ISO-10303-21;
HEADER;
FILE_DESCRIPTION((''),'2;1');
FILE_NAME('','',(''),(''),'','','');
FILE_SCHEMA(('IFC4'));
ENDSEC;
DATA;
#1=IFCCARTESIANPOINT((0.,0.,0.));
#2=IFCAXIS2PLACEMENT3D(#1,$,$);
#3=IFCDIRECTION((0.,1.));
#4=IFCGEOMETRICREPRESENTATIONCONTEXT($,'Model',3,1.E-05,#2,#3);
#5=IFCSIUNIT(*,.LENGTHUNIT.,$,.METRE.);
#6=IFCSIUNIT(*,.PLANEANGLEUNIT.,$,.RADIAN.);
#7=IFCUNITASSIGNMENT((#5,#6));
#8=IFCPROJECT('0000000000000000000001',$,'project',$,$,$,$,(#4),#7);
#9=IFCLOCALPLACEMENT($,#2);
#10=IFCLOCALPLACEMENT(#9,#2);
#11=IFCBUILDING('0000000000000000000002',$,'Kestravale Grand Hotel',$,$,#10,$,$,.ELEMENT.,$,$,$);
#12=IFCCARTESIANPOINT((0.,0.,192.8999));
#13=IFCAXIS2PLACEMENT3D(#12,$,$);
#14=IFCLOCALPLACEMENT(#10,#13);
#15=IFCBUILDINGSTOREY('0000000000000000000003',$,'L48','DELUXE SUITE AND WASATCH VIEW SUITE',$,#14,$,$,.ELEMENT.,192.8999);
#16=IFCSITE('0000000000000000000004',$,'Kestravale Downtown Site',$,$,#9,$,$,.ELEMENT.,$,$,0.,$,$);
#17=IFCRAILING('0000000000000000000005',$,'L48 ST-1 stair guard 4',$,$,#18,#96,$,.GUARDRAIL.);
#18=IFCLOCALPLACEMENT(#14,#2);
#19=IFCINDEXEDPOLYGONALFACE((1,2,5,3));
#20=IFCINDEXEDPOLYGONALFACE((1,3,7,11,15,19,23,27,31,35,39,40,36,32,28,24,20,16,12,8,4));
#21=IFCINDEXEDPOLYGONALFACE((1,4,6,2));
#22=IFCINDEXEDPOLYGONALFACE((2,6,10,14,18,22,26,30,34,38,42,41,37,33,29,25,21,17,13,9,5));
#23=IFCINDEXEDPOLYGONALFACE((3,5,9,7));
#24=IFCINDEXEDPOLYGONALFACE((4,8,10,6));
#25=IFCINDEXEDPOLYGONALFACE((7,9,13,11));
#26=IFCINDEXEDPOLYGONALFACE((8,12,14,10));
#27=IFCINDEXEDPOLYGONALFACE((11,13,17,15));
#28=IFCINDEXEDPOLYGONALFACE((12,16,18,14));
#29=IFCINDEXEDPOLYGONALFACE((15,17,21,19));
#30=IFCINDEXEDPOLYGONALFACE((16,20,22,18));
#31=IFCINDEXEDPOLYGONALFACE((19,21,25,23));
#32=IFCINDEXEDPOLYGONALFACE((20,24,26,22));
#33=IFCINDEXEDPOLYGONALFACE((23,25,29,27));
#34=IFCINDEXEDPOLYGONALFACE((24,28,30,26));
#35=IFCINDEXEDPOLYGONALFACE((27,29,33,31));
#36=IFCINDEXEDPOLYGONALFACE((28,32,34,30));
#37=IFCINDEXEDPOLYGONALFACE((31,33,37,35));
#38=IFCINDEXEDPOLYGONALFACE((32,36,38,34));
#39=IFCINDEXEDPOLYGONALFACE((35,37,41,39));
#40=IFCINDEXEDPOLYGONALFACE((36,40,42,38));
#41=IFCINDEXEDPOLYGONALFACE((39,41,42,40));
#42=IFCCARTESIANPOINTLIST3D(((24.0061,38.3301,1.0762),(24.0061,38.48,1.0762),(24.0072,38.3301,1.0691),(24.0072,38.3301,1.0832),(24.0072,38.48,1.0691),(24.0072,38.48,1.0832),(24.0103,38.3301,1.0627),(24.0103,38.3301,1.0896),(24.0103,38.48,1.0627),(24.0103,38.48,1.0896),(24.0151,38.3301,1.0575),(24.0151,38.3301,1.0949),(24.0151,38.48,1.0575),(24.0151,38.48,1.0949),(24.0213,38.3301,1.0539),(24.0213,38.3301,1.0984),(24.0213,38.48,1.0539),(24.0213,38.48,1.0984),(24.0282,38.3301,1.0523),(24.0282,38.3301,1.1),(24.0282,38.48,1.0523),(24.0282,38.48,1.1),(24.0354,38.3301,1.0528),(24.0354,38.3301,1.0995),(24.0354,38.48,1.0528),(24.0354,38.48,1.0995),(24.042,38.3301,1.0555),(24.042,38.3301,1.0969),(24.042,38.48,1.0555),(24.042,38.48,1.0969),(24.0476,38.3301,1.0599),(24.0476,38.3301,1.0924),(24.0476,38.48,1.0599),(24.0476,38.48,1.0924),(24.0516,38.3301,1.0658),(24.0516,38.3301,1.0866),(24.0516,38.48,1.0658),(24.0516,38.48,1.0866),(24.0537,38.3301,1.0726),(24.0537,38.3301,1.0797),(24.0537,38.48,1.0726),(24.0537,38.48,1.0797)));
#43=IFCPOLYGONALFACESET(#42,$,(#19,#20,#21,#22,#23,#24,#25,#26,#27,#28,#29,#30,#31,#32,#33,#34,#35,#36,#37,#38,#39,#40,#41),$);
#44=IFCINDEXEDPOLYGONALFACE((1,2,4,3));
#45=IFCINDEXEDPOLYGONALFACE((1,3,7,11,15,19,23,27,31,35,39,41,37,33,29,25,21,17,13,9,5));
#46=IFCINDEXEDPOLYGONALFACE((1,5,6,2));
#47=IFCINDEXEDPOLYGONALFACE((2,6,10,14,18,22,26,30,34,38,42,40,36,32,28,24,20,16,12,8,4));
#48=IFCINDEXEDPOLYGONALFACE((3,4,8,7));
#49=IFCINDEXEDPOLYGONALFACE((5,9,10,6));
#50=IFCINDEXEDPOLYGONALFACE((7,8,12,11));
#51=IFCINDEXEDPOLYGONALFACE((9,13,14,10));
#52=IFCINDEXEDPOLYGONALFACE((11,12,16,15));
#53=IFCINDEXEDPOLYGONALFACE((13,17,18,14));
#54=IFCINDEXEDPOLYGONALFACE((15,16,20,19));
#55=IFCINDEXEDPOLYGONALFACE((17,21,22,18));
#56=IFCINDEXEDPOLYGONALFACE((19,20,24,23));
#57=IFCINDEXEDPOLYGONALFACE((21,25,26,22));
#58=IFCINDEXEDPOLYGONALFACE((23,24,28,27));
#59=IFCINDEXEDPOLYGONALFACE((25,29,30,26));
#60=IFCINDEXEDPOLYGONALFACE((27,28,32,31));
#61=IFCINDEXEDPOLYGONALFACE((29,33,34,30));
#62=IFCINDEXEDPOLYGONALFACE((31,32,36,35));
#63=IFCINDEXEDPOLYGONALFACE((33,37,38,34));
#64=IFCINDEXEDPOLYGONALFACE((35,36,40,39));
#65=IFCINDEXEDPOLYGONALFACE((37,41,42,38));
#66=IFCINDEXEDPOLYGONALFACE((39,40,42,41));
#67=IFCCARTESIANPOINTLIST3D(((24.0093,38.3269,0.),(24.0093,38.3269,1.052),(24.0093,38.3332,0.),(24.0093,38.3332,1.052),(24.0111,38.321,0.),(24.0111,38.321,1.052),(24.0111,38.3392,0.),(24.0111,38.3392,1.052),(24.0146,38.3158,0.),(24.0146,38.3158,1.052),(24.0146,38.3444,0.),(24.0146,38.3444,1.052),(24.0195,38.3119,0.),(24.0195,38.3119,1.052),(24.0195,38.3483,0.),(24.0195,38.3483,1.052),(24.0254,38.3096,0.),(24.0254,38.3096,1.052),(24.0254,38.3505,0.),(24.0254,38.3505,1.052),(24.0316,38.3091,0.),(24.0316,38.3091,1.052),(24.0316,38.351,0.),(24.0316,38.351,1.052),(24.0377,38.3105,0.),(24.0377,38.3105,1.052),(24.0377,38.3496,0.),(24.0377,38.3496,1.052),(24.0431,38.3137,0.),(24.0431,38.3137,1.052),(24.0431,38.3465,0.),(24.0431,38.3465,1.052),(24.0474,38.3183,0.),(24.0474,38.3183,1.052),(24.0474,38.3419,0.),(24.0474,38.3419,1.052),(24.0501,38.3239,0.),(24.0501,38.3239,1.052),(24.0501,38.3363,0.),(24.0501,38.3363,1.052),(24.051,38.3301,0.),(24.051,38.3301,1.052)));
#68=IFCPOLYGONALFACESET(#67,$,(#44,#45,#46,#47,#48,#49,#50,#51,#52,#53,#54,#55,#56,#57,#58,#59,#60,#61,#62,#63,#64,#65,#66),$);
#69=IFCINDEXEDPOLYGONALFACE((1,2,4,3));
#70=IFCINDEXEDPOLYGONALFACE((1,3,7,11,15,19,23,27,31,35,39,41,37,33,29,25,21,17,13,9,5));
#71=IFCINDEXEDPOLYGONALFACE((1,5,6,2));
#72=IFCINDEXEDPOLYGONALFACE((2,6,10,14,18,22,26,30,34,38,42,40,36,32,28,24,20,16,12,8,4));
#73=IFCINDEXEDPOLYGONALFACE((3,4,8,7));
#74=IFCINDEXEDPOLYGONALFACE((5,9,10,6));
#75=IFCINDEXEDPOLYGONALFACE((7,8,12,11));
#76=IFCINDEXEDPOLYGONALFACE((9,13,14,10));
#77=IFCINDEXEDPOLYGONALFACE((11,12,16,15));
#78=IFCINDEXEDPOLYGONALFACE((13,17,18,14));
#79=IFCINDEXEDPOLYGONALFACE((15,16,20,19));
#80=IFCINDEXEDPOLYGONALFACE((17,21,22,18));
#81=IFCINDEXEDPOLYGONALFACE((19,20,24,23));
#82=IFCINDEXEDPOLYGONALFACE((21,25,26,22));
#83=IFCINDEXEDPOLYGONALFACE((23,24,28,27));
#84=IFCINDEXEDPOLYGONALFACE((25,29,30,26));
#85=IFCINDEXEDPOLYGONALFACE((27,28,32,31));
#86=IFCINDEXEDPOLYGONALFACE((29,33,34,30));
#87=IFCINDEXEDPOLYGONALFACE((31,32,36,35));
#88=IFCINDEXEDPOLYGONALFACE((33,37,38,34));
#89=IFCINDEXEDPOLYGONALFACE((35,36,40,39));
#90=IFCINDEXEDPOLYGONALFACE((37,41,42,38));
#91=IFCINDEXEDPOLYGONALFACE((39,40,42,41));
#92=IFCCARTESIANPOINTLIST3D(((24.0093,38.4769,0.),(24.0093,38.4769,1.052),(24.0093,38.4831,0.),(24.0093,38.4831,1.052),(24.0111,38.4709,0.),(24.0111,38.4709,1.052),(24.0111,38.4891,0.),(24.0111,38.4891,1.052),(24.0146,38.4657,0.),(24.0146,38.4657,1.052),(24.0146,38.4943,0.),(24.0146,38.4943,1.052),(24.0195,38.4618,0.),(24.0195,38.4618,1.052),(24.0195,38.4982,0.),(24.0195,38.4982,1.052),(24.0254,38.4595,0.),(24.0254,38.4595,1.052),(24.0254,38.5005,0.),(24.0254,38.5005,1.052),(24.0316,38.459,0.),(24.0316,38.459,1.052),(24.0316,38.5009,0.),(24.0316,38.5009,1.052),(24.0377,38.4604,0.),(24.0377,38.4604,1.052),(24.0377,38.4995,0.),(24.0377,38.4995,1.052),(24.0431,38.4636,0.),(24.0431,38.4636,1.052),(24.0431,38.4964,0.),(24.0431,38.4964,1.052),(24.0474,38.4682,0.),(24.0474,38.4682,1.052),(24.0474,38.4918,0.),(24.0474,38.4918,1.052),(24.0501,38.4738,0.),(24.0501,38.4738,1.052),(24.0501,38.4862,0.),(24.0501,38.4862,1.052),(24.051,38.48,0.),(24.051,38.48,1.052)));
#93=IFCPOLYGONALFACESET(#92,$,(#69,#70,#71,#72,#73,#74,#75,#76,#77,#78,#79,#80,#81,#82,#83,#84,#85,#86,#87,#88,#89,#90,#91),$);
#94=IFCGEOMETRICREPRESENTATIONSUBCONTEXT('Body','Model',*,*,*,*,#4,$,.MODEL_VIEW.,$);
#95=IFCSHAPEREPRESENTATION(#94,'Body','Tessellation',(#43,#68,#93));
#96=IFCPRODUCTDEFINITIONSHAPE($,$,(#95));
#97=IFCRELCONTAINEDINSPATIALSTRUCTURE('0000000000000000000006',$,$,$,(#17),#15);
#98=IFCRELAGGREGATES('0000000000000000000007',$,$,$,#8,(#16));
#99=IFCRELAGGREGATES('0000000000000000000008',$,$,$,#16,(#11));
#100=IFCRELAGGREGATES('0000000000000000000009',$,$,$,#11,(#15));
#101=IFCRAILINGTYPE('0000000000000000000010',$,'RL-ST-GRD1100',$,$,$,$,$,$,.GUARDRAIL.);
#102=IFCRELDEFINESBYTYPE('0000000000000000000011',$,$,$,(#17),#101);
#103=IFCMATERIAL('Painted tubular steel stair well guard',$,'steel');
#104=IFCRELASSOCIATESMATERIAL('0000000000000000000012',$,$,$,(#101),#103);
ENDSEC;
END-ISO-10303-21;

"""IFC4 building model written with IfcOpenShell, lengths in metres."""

from ifc_helpers import new_model, si_unit, direction, frame, origin, origin_2d, place, context, subcontext, project, spatial, circle, extrude, material, type_object, element, save


model = new_model("IFC4")

# Units and contexts
model_context = context("Model", 3, precision=1e-05, world=origin(), true_north=direction((0.0, 1.0)))
body_context = subcontext(model_context, "Body", "Model", "MODEL_VIEW")
ifc_project = project(units=[si_unit("LENGTHUNIT", "METRE"), si_unit("PLANEANGLEUNIT", "RADIAN")], contexts=[model_context])

# Site, building, storey
site_placement = place(None, origin())
site = spatial("IfcSite", under=ifc_project, at=site_placement, Name="Kestravale Downtown Site", CompositionType="ELEMENT", RefElevation=0.0)
building_placement = place(site_placement, origin())
building = spatial("IfcBuilding", under=site, at=building_placement, Name="Kestravale Grand Hotel", CompositionType="ELEMENT")
storey_placement = place(building_placement, frame((0.0, 0.0, 192.8999)))
storey = spatial("IfcBuildingStorey", under=building, at=storey_placement, Name="L48", Description="DELUXE SUITE AND WASATCH VIEW SUITE", CompositionType="ELEMENT", Elevation=192.8999)

# Railing
ifc_material_1 = material(Name="Painted tubular steel stair well guard", Category="steel")
railing_type_1 = type_object("IfcRailingType", Name="RL-ST-GRD1100", PredefinedType="GUARDRAIL", material=ifc_material_1)
railing_1_placement = place(storey_placement, frame((24.03, 38.3301, 0.0)))
element("IfcRailing", 1, at=railing_1_placement, inside=storey, type_object=railing_type_1, Name="L48 ST-1 stair guard 4", PredefinedType="GUARDRAIL", context=body_context, shape_type="SweptSolid", body=[
    extrude(circle(Radius=0.0239, at=origin_2d()), frame((0.0, 0.0, 1.0762), z_axis=(0.0, 1.0, 0.0), x_axis=(-1.0, 0.0, 0.0)), (0.0, 0.0, 1.0), 0.1499),
    extrude(circle(Radius=0.021, at=origin_2d()), origin(), (0.0, 0.0, 1.0), 1.052),
    extrude(circle(Radius=0.021, at=origin_2d()), frame((0.0, 0.1499, 0.0)), (0.0, 0.0, 1.0), 1.052),
])

save(model, "model.ifc")
